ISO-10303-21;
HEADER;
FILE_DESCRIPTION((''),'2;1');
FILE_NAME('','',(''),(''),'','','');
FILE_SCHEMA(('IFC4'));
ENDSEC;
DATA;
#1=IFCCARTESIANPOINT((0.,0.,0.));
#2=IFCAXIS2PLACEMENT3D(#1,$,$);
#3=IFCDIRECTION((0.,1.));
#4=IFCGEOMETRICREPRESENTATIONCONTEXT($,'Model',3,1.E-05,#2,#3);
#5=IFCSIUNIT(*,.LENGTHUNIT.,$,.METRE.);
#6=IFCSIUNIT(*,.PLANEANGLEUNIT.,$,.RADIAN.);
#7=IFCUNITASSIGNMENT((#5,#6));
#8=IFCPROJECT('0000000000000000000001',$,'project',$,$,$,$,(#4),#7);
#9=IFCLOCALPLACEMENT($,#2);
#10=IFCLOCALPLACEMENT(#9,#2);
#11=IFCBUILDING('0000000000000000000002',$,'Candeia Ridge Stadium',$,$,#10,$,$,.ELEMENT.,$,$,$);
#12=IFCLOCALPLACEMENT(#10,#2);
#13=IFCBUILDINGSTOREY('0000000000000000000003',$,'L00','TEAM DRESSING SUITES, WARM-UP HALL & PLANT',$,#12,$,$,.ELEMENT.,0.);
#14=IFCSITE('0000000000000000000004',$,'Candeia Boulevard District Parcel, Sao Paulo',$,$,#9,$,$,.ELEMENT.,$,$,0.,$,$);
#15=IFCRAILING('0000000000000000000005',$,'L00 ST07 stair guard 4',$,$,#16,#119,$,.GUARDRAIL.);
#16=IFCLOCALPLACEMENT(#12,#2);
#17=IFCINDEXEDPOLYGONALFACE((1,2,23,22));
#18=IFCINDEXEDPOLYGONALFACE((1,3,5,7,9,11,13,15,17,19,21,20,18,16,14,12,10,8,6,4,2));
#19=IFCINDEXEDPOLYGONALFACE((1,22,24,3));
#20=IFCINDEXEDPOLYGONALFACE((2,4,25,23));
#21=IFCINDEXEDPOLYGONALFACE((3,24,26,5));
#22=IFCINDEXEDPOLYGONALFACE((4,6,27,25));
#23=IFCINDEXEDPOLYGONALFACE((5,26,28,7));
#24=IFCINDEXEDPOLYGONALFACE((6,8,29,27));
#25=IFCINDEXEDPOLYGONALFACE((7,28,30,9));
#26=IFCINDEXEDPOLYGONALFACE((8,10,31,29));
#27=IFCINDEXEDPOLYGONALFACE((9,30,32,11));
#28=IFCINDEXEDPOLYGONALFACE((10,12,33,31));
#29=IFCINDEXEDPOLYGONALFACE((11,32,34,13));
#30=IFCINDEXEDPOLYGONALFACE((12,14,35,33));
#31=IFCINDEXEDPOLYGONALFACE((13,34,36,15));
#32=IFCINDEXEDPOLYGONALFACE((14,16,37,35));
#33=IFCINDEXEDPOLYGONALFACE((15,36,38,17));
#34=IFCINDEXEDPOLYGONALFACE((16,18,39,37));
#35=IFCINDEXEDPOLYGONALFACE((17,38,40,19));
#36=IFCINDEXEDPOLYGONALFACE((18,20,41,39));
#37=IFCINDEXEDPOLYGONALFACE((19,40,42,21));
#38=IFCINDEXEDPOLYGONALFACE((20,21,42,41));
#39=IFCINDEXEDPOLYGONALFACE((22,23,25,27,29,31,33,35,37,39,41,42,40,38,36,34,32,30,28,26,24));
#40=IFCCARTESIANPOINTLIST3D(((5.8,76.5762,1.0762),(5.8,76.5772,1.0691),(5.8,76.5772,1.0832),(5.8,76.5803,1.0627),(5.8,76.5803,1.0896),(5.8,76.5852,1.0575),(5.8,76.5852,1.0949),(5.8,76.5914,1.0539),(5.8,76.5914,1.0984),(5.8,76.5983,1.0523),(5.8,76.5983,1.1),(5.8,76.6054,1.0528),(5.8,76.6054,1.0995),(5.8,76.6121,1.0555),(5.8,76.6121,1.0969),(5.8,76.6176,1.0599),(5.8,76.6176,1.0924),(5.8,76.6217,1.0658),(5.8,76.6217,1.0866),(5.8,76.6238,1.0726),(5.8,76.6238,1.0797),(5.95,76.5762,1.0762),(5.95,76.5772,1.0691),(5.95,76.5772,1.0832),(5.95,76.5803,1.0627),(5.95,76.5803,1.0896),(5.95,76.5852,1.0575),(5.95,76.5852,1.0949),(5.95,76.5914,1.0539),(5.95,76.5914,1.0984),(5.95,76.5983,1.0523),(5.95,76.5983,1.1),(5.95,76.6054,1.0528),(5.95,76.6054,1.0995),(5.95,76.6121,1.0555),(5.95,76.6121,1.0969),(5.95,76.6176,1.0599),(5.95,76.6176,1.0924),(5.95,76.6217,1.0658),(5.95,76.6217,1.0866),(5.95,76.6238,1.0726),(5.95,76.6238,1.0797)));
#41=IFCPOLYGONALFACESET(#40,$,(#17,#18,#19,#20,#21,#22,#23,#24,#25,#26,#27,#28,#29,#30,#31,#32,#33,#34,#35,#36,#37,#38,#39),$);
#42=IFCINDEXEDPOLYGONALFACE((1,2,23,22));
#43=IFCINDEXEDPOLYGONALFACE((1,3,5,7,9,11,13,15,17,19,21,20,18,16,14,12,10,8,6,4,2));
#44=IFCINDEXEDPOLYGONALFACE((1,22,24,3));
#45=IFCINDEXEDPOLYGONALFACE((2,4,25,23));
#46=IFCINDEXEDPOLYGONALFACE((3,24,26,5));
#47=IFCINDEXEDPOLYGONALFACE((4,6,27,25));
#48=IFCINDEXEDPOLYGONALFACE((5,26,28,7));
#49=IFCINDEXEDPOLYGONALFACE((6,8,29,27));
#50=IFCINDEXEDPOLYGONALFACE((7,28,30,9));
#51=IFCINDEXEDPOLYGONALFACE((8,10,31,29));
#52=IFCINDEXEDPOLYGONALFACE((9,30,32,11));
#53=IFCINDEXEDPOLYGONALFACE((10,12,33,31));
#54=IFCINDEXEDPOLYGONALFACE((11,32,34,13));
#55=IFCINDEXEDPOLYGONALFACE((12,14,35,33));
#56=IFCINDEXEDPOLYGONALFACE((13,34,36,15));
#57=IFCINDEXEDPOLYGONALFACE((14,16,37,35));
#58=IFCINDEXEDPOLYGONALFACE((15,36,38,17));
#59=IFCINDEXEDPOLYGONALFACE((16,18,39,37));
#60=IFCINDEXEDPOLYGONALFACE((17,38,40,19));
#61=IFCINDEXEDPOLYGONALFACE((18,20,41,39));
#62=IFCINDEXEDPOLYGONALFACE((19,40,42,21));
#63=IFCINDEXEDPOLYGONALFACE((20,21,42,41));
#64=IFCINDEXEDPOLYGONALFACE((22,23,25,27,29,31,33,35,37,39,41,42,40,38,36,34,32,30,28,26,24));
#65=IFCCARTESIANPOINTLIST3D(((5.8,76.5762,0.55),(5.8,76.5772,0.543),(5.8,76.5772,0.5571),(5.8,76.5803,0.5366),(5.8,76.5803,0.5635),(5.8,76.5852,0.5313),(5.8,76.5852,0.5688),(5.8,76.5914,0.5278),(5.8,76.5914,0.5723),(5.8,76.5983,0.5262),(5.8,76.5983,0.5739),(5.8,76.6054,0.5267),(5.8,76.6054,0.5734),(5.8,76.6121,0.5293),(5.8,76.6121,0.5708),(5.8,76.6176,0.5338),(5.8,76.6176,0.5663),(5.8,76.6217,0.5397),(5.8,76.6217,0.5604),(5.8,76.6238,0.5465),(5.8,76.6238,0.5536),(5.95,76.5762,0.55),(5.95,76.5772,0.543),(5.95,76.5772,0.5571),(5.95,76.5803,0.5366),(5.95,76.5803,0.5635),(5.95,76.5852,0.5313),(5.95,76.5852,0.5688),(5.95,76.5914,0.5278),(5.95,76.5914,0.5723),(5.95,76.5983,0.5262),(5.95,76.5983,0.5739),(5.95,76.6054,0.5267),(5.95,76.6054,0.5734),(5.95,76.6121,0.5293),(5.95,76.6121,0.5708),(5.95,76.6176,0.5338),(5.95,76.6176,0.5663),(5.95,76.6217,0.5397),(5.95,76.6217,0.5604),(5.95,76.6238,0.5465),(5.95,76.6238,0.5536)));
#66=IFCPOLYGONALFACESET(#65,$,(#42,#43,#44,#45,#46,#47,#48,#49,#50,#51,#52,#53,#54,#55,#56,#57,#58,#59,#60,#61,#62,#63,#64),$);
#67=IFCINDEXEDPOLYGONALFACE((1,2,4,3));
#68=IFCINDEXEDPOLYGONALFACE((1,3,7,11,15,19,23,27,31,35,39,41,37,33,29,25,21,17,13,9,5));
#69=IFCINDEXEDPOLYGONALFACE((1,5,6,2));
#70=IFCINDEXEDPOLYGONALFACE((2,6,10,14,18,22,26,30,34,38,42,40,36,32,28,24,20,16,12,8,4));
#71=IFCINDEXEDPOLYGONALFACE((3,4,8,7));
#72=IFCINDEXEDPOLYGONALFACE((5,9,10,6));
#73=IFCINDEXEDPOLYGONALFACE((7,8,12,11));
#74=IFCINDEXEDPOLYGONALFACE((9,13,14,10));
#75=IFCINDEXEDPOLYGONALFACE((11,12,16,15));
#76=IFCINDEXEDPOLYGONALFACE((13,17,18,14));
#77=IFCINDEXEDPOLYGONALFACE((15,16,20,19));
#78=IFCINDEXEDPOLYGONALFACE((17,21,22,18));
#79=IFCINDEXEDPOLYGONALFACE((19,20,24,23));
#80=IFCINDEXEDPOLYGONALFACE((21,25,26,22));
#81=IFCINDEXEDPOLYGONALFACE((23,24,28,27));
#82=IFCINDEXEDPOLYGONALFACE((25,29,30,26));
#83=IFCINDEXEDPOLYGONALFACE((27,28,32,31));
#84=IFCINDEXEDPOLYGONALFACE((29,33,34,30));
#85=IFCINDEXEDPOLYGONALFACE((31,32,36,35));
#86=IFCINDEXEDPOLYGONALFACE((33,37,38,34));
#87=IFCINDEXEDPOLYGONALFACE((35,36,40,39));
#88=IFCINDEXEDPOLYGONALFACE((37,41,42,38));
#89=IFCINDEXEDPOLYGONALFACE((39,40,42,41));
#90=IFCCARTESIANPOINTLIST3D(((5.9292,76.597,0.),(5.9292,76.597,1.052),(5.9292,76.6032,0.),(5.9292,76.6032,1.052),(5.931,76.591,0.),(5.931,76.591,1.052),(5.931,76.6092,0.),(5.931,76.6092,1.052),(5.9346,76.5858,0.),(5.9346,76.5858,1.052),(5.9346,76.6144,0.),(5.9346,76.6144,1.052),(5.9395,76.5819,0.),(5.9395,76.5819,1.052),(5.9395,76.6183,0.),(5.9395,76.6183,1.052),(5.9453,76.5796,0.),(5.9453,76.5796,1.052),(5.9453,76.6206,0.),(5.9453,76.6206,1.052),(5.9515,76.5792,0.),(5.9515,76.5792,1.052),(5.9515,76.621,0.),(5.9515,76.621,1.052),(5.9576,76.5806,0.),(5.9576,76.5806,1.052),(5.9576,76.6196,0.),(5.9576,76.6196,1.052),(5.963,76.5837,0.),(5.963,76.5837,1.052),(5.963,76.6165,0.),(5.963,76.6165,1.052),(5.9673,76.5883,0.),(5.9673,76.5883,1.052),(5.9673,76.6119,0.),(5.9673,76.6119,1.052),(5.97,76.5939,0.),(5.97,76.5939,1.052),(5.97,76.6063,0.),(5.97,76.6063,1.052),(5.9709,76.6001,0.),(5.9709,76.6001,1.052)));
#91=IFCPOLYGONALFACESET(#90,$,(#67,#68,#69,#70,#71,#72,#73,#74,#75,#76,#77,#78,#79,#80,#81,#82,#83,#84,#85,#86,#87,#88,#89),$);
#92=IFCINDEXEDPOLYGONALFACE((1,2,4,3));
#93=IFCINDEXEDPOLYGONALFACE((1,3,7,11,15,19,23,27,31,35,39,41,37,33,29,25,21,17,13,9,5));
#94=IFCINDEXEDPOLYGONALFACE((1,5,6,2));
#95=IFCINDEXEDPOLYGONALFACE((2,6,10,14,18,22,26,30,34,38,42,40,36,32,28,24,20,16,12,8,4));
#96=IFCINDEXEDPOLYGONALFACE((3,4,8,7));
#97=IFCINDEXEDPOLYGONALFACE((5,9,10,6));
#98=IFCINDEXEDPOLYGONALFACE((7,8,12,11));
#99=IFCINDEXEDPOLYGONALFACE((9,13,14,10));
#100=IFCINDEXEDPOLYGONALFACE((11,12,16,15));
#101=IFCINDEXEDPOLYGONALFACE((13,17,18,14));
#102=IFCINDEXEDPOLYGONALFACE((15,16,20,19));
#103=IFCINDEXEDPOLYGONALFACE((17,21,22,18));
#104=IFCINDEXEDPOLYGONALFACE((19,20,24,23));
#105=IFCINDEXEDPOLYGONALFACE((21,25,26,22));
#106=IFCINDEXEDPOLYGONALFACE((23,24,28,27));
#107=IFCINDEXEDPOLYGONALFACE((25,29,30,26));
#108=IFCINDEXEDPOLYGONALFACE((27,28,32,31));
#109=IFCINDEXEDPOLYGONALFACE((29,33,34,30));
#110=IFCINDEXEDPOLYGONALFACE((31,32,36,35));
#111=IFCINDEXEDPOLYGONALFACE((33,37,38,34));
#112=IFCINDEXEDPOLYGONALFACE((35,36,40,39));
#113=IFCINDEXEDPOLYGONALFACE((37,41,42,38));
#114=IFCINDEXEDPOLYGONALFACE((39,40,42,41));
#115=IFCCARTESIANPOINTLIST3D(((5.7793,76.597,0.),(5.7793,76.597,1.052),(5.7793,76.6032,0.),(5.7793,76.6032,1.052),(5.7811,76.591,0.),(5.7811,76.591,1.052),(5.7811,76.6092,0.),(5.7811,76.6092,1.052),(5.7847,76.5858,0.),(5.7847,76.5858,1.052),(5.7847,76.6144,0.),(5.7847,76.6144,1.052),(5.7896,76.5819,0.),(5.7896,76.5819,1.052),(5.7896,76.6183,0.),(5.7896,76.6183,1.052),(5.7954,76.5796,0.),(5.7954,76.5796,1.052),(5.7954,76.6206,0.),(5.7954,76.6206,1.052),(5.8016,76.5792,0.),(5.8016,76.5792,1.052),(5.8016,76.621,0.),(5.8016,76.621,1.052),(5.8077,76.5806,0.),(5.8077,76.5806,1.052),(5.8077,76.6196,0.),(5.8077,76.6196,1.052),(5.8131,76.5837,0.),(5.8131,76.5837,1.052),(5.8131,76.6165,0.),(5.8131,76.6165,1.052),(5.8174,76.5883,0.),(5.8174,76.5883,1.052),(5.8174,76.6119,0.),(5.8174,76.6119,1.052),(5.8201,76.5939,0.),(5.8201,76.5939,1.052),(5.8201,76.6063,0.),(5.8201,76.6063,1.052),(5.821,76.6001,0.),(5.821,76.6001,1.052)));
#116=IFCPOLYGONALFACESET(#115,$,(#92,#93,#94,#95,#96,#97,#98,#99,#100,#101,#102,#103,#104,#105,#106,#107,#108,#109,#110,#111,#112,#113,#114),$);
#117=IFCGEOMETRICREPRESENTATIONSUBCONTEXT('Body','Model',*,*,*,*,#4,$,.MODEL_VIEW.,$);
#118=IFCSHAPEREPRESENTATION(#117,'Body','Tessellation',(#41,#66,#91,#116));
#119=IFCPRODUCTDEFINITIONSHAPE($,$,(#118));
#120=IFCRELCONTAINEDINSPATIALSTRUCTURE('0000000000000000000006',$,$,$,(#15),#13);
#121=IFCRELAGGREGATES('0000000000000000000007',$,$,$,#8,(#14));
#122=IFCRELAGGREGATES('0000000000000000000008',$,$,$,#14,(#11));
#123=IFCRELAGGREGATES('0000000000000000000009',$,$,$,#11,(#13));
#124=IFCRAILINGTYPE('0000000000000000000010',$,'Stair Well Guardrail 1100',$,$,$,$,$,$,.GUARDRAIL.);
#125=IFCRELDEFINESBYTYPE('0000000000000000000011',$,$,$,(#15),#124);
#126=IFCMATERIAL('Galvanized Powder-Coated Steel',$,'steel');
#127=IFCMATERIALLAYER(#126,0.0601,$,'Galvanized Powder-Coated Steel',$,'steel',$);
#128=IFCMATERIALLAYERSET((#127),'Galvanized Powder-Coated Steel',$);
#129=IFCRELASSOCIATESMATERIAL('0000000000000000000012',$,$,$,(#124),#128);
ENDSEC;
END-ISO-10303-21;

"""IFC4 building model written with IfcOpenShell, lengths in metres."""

from ifc_helpers import new_model, si_unit, direction, frame, origin, origin_2d, place, context, subcontext, project, spatial, circle, extrude, material, layer, layer_set, type_object, element, save


model = new_model("IFC4")

# Units and contexts
model_context = context("Model", 3, precision=1e-05, world=origin(), true_north=direction((0.0, 1.0)))
body_context = subcontext(model_context, "Body", "Model", "MODEL_VIEW")
ifc_project = project(units=[si_unit("LENGTHUNIT", "METRE"), si_unit("PLANEANGLEUNIT", "RADIAN")], contexts=[model_context])

# Site, building, storey
site_placement = place(None, origin())
site = spatial("IfcSite", under=ifc_project, at=site_placement, Name="Candeia Boulevard District Parcel, Sao Paulo", CompositionType="ELEMENT", RefElevation=0.0)
building_placement = place(site_placement, origin())
building = spatial("IfcBuilding", under=site, at=building_placement, Name="Candeia Ridge Stadium", CompositionType="ELEMENT")
storey_placement = place(building_placement, origin())
storey = spatial("IfcBuildingStorey", under=building, at=storey_placement, Name="L00", Description="TEAM DRESSING SUITES, WARM-UP HALL & PLANT", CompositionType="ELEMENT", Elevation=0.0)

# Railing
ifc_material_1 = material(Name="Galvanized Powder-Coated Steel", Category="steel")
ifc_layer_1 = layer(ifc_material_1, 0.0601, Name="Galvanized Powder-Coated Steel", Category="steel")
ifc_layer_set_1 = layer_set([ifc_layer_1], Name="Galvanized Powder-Coated Steel")
railing_type_1 = type_object("IfcRailingType", Name="Stair Well Guardrail 1100", PredefinedType="GUARDRAIL", material=ifc_layer_set_1)
railing_1_placement = place(storey_placement, frame((5.95, 76.6001, 0.0)))
element("IfcRailing", 1, at=railing_1_placement, inside=storey, type_object=railing_type_1, Name="L00 ST07 stair guard 4", PredefinedType="GUARDRAIL", context=body_context, shape_type="SweptSolid", body=[
    extrude(circle(Radius=0.0239, at=origin_2d()), frame((0.0, 0.0, 1.0762), z_axis=(-1.0, 0.0, 0.0), x_axis=(0.0, -1.0, 0.0)), (0.0, 0.0, 1.0), 0.1499),
    extrude(circle(Radius=0.0239, at=origin_2d()), frame((0.0, 0.0, 0.55), z_axis=(-1.0, 0.0, 0.0), x_axis=(0.0, -1.0, 0.0)), (0.0, 0.0, 1.0), 0.1499),
    extrude(circle(Radius=0.021, at=origin_2d()), origin(), (0.0, 0.0, 1.0), 1.052),
    extrude(circle(Radius=0.021, at=origin_2d()), frame((-0.1499, 0.0, 0.0)), (0.0, 0.0, 1.0), 1.052),
])

save(model, "model.ifc")
